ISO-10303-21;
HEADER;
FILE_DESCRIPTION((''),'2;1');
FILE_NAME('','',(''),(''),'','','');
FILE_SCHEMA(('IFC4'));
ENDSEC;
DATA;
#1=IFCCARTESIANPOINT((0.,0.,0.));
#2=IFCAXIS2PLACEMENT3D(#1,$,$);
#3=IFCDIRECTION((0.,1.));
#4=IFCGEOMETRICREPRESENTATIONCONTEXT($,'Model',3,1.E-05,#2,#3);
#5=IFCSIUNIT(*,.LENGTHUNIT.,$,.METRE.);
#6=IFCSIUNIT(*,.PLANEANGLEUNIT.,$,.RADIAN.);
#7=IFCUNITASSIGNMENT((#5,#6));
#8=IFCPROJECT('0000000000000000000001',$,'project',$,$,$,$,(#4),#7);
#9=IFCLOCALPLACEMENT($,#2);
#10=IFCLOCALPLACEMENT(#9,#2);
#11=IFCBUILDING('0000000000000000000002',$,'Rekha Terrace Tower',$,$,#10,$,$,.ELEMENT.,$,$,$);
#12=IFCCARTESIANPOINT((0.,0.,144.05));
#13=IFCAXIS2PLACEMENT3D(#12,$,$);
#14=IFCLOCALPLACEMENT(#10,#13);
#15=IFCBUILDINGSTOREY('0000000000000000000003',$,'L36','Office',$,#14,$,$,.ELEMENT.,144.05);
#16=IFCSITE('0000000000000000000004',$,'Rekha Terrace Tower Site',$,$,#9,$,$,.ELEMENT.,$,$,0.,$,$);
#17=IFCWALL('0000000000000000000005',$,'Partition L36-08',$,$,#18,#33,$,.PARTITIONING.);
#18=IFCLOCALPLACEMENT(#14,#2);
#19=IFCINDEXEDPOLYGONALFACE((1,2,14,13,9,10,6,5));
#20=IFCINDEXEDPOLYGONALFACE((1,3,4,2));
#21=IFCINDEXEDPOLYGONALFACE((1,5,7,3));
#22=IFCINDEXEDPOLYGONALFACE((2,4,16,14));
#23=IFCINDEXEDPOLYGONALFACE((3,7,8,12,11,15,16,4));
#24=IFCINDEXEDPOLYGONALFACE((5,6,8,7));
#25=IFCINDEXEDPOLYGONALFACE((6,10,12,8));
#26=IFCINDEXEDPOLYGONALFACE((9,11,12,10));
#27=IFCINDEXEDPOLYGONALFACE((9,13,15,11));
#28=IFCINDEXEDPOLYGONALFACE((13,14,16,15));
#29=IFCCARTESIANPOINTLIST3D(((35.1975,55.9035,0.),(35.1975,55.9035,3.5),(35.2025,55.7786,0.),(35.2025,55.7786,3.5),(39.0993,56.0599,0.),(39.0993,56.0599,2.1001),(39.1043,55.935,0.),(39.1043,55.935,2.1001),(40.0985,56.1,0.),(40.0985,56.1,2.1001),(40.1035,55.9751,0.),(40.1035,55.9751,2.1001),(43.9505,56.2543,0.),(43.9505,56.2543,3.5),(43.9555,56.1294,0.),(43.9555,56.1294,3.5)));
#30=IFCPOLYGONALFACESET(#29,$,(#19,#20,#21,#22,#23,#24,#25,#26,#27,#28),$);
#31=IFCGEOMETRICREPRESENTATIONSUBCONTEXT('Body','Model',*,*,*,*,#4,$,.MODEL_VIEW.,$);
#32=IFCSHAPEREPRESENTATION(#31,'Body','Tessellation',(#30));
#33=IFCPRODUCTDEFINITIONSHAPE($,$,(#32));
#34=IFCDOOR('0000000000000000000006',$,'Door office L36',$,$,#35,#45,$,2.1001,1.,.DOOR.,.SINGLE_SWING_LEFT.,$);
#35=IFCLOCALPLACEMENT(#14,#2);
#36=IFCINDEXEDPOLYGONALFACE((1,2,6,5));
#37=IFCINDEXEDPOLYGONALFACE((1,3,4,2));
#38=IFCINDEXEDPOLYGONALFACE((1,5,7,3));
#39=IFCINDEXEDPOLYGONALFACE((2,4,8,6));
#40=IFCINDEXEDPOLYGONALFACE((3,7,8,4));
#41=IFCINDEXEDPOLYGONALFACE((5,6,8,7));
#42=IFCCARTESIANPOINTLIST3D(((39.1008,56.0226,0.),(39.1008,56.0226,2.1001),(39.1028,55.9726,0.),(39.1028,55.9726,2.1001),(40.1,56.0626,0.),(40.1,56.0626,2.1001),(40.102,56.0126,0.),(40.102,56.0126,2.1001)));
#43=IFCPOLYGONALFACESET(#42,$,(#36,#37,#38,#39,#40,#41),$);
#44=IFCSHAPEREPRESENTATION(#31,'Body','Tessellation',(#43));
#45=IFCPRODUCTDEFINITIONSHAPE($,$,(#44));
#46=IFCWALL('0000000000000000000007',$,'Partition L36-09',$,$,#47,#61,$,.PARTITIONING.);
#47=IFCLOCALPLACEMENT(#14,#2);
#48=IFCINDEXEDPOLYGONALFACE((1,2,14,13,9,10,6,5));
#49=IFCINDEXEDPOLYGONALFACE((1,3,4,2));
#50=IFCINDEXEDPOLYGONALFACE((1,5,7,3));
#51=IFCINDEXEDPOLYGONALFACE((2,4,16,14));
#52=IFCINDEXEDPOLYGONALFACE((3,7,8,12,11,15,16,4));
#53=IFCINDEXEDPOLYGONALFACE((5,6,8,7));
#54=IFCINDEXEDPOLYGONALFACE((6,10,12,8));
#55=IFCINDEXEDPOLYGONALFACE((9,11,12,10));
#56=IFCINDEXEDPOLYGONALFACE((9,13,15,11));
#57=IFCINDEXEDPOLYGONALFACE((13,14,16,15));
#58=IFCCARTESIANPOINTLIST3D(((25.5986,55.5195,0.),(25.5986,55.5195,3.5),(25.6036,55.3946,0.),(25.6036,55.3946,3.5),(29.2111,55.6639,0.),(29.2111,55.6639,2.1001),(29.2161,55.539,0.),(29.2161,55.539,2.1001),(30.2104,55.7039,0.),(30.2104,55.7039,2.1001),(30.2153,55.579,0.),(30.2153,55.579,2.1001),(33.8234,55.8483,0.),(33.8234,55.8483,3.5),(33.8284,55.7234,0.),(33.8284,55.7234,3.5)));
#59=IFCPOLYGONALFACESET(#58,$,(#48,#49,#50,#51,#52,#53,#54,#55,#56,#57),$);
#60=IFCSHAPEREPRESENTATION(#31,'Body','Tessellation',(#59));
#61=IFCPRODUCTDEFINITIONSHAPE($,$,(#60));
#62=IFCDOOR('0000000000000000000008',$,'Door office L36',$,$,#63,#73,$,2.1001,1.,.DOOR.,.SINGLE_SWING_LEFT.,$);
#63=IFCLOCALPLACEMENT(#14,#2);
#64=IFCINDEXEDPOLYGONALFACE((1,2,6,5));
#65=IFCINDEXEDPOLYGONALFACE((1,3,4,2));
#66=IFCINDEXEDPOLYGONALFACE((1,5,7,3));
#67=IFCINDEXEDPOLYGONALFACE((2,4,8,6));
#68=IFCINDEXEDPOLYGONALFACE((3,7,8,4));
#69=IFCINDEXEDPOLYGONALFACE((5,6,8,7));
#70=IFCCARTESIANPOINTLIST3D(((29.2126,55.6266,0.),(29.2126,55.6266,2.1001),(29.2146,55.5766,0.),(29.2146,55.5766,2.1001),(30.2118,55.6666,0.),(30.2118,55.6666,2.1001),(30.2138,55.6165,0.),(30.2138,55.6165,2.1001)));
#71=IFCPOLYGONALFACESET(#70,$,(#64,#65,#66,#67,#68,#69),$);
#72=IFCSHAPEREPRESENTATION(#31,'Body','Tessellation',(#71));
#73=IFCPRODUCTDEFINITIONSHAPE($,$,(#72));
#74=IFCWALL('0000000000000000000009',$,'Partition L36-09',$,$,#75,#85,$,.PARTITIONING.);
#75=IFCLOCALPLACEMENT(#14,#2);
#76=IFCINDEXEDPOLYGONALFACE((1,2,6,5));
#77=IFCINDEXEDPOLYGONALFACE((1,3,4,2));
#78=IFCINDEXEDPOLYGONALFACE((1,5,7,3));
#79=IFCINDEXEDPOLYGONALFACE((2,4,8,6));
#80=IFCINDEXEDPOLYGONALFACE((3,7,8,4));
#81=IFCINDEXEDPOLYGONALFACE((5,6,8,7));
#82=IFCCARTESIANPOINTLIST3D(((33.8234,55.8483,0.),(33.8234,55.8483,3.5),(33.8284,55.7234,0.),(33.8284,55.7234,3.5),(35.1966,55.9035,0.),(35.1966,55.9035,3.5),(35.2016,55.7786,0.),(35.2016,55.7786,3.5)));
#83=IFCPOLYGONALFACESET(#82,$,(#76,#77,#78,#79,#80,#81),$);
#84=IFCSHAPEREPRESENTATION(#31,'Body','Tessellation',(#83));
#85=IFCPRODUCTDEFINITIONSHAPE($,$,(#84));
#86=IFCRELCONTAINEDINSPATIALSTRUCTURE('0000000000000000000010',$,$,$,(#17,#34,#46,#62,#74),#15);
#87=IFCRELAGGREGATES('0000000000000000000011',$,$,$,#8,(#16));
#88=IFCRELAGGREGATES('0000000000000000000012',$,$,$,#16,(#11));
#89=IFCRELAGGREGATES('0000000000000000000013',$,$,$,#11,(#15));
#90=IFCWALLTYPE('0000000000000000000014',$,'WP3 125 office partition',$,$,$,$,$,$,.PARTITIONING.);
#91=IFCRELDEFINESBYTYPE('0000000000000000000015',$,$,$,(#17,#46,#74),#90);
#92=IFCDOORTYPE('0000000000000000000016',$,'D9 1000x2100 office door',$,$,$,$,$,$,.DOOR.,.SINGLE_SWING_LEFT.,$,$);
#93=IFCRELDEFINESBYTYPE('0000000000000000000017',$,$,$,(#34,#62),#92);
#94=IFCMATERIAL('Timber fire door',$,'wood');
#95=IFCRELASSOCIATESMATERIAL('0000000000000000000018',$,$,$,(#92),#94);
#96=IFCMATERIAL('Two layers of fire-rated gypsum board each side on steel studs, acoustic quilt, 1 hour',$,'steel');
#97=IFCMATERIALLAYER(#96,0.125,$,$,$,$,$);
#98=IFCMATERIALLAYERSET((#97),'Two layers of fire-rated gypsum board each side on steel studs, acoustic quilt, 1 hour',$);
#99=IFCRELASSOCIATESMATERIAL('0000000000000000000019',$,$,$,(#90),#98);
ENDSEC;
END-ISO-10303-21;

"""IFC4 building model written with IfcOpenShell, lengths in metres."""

from ifc_helpers import new_model, si_unit, direction, frame, frame_2d, origin, place, context, subcontext, project, spatial, rectangle, extrude, material, layer, layer_set, type_object, element, fill, save


model = new_model("IFC4")

# Units and contexts
model_context = context("Model", 3, precision=1e-05, world=origin(), true_north=direction((0.0, 1.0)))
body_context = subcontext(model_context, "Body", "Model", "MODEL_VIEW")
ifc_project = project(units=[si_unit("LENGTHUNIT", "METRE"), si_unit("PLANEANGLEUNIT", "RADIAN")], contexts=[model_context])

# Site, building, storey
site_placement = place(None, origin())
site = spatial("IfcSite", under=ifc_project, at=site_placement, Name="Rekha Terrace Tower Site", CompositionType="ELEMENT", RefElevation=0.0)
building_placement = place(site_placement, origin())
building = spatial("IfcBuilding", under=site, at=building_placement, Name="Rekha Terrace Tower", CompositionType="ELEMENT")
storey_placement = place(building_placement, frame((0.0, 0.0, 144.05)))
storey = spatial("IfcBuildingStorey", under=building, at=storey_placement, Name="L36", Description="Office", CompositionType="ELEMENT", Elevation=144.05)

# Shared definitions
ifc_material_1 = material(Name="Timber fire door", Category="wood")
door_type_1 = type_object("IfcDoorType", Name="D9 1000x2100 office door", OperationType="SINGLE_SWING_LEFT", PredefinedType="DOOR", material=ifc_material_1)

# Shared definitions
ifc_material_2 = material(Name="Two layers of fire-rated gypsum board each side on steel studs, acoustic quilt, 1 hour", Category="steel")
ifc_layer_1 = layer(ifc_material_2, 0.125)
ifc_layer_set_1 = layer_set([ifc_layer_1], Name="Two layers of fire-rated gypsum board each side on steel studs, acoustic quilt, 1 hour")
wall_type_1 = type_object("IfcWallType", Name="WP3 125 office partition", PredefinedType="PARTITIONING", material=ifc_layer_set_1)

# Walls, openings, doors
wall_1_placement = place(storey_placement, frame((43.9529, 56.1919, 0.0), z_axis=(0.0, 0.0, 1.0), x_axis=(-0.999198, -0.040049, 0.0)))
wall_1 = element("IfcWall", 1, at=wall_1_placement, inside=storey, type_object=wall_type_1, Name="Partition L36-08", PredefinedType="PARTITIONING", context=body_context, shape_type="SweptSolid", body=[
    extrude(rectangle(XDim=8.76, YDim=0.125, at=frame_2d((4.3799, 0.0))), origin(), (0.0, 0.0, 1.0), 3.5),
])
opening_1_placement = place(wall_1_placement, frame((3.855, 0.0, 0.0)))
opening_1 = element("IfcOpeningElement", 2, at=opening_1_placement, cuts=wall_1, PredefinedType="OPENING", context=body_context, shape_type="SweptSolid", body=[
    extrude(rectangle(XDim=1.0, YDim=2.1001, at=frame_2d((0.5, 1.05))), frame((0.0, 0.0725, 0.0), z_axis=(0.0, -1.0, 0.0), x_axis=(1.0, 0.0, 0.0)), (0.0, 0.0, 1.0), 0.145),
])
door_1_placement = place(opening_1_placement, origin())
door_1 = element("IfcDoor", 3, at=door_1_placement, inside=storey, type_object=door_type_1, Name="Door office L36", OperationType="SINGLE_SWING_LEFT", OverallHeight=2.1001, OverallWidth=1.0, PredefinedType="DOOR", context=body_context, shape_type="SweptSolid", body=[
    extrude(rectangle(XDim=1.0, YDim=2.1001, at=frame_2d((0.5, 1.05))), frame((0.0, 0.0249, 0.0), z_axis=(0.0, -1.0, 0.0), x_axis=(1.0, 0.0, 0.0)), (0.0, 0.0, 1.0), 0.05),
])
fill(opening_1, door_1)
wall_2_placement = place(storey_placement, frame((33.8259, 55.7859, 0.0), z_axis=(0.0, 0.0, 1.0), x_axis=(-0.999202, -0.039951, 0.0)))
wall_2 = element("IfcWall", 4, at=wall_2_placement, inside=storey, type_object=wall_type_1, Name="Partition L36-09", PredefinedType="PARTITIONING", context=body_context, shape_type="SweptSolid", body=[
    extrude(rectangle(XDim=8.2314, YDim=0.125, at=frame_2d((4.1157, 0.0))), origin(), (0.0, 0.0, 1.0), 3.5),
])
opening_2_placement = place(wall_2_placement, frame((3.616, 0.0, 0.0)))
opening_2 = element("IfcOpeningElement", 5, at=opening_2_placement, cuts=wall_2, PredefinedType="OPENING", context=body_context, shape_type="SweptSolid", body=[
    extrude(rectangle(XDim=1.0, YDim=2.1001, at=frame_2d((0.5, 1.05))), frame((0.0, 0.0725, 0.0), z_axis=(0.0, -1.0, 0.0), x_axis=(1.0, 0.0, 0.0)), (0.0, 0.0, 1.0), 0.145),
])
door_2_placement = place(opening_2_placement, origin())
door_2 = element("IfcDoor", 6, at=door_2_placement, inside=storey, type_object=door_type_1, Name="Door office L36", OperationType="SINGLE_SWING_LEFT", OverallHeight=2.1001, OverallWidth=1.0, PredefinedType="DOOR", context=body_context, shape_type="SweptSolid", body=[
    extrude(rectangle(XDim=1.0, YDim=2.1001, at=frame_2d((0.5, 1.05))), frame((0.0, 0.0249, 0.0), z_axis=(0.0, -1.0, 0.0), x_axis=(1.0, 0.0, 0.0)), (0.0, 0.0, 1.0), 0.05),
])
fill(opening_2, door_2)

# Wall
wall_3_placement = place(storey_placement, frame((35.199, 55.8411, 0.0), z_axis=(0.0, 0.0, 1.0), x_axis=(-0.999194, -0.040153, 0.0)))
element("IfcWall", 7, at=wall_3_placement, inside=storey, type_object=wall_type_1, Name="Partition L36-09", PredefinedType="PARTITIONING", context=body_context, shape_type="SweptSolid", body=[
    extrude(rectangle(XDim=1.3743, YDim=0.125, at=frame_2d((0.687, 0.0))), origin(), (0.0, 0.0, 1.0), 3.5),
])

save(model, "model.ifc")
